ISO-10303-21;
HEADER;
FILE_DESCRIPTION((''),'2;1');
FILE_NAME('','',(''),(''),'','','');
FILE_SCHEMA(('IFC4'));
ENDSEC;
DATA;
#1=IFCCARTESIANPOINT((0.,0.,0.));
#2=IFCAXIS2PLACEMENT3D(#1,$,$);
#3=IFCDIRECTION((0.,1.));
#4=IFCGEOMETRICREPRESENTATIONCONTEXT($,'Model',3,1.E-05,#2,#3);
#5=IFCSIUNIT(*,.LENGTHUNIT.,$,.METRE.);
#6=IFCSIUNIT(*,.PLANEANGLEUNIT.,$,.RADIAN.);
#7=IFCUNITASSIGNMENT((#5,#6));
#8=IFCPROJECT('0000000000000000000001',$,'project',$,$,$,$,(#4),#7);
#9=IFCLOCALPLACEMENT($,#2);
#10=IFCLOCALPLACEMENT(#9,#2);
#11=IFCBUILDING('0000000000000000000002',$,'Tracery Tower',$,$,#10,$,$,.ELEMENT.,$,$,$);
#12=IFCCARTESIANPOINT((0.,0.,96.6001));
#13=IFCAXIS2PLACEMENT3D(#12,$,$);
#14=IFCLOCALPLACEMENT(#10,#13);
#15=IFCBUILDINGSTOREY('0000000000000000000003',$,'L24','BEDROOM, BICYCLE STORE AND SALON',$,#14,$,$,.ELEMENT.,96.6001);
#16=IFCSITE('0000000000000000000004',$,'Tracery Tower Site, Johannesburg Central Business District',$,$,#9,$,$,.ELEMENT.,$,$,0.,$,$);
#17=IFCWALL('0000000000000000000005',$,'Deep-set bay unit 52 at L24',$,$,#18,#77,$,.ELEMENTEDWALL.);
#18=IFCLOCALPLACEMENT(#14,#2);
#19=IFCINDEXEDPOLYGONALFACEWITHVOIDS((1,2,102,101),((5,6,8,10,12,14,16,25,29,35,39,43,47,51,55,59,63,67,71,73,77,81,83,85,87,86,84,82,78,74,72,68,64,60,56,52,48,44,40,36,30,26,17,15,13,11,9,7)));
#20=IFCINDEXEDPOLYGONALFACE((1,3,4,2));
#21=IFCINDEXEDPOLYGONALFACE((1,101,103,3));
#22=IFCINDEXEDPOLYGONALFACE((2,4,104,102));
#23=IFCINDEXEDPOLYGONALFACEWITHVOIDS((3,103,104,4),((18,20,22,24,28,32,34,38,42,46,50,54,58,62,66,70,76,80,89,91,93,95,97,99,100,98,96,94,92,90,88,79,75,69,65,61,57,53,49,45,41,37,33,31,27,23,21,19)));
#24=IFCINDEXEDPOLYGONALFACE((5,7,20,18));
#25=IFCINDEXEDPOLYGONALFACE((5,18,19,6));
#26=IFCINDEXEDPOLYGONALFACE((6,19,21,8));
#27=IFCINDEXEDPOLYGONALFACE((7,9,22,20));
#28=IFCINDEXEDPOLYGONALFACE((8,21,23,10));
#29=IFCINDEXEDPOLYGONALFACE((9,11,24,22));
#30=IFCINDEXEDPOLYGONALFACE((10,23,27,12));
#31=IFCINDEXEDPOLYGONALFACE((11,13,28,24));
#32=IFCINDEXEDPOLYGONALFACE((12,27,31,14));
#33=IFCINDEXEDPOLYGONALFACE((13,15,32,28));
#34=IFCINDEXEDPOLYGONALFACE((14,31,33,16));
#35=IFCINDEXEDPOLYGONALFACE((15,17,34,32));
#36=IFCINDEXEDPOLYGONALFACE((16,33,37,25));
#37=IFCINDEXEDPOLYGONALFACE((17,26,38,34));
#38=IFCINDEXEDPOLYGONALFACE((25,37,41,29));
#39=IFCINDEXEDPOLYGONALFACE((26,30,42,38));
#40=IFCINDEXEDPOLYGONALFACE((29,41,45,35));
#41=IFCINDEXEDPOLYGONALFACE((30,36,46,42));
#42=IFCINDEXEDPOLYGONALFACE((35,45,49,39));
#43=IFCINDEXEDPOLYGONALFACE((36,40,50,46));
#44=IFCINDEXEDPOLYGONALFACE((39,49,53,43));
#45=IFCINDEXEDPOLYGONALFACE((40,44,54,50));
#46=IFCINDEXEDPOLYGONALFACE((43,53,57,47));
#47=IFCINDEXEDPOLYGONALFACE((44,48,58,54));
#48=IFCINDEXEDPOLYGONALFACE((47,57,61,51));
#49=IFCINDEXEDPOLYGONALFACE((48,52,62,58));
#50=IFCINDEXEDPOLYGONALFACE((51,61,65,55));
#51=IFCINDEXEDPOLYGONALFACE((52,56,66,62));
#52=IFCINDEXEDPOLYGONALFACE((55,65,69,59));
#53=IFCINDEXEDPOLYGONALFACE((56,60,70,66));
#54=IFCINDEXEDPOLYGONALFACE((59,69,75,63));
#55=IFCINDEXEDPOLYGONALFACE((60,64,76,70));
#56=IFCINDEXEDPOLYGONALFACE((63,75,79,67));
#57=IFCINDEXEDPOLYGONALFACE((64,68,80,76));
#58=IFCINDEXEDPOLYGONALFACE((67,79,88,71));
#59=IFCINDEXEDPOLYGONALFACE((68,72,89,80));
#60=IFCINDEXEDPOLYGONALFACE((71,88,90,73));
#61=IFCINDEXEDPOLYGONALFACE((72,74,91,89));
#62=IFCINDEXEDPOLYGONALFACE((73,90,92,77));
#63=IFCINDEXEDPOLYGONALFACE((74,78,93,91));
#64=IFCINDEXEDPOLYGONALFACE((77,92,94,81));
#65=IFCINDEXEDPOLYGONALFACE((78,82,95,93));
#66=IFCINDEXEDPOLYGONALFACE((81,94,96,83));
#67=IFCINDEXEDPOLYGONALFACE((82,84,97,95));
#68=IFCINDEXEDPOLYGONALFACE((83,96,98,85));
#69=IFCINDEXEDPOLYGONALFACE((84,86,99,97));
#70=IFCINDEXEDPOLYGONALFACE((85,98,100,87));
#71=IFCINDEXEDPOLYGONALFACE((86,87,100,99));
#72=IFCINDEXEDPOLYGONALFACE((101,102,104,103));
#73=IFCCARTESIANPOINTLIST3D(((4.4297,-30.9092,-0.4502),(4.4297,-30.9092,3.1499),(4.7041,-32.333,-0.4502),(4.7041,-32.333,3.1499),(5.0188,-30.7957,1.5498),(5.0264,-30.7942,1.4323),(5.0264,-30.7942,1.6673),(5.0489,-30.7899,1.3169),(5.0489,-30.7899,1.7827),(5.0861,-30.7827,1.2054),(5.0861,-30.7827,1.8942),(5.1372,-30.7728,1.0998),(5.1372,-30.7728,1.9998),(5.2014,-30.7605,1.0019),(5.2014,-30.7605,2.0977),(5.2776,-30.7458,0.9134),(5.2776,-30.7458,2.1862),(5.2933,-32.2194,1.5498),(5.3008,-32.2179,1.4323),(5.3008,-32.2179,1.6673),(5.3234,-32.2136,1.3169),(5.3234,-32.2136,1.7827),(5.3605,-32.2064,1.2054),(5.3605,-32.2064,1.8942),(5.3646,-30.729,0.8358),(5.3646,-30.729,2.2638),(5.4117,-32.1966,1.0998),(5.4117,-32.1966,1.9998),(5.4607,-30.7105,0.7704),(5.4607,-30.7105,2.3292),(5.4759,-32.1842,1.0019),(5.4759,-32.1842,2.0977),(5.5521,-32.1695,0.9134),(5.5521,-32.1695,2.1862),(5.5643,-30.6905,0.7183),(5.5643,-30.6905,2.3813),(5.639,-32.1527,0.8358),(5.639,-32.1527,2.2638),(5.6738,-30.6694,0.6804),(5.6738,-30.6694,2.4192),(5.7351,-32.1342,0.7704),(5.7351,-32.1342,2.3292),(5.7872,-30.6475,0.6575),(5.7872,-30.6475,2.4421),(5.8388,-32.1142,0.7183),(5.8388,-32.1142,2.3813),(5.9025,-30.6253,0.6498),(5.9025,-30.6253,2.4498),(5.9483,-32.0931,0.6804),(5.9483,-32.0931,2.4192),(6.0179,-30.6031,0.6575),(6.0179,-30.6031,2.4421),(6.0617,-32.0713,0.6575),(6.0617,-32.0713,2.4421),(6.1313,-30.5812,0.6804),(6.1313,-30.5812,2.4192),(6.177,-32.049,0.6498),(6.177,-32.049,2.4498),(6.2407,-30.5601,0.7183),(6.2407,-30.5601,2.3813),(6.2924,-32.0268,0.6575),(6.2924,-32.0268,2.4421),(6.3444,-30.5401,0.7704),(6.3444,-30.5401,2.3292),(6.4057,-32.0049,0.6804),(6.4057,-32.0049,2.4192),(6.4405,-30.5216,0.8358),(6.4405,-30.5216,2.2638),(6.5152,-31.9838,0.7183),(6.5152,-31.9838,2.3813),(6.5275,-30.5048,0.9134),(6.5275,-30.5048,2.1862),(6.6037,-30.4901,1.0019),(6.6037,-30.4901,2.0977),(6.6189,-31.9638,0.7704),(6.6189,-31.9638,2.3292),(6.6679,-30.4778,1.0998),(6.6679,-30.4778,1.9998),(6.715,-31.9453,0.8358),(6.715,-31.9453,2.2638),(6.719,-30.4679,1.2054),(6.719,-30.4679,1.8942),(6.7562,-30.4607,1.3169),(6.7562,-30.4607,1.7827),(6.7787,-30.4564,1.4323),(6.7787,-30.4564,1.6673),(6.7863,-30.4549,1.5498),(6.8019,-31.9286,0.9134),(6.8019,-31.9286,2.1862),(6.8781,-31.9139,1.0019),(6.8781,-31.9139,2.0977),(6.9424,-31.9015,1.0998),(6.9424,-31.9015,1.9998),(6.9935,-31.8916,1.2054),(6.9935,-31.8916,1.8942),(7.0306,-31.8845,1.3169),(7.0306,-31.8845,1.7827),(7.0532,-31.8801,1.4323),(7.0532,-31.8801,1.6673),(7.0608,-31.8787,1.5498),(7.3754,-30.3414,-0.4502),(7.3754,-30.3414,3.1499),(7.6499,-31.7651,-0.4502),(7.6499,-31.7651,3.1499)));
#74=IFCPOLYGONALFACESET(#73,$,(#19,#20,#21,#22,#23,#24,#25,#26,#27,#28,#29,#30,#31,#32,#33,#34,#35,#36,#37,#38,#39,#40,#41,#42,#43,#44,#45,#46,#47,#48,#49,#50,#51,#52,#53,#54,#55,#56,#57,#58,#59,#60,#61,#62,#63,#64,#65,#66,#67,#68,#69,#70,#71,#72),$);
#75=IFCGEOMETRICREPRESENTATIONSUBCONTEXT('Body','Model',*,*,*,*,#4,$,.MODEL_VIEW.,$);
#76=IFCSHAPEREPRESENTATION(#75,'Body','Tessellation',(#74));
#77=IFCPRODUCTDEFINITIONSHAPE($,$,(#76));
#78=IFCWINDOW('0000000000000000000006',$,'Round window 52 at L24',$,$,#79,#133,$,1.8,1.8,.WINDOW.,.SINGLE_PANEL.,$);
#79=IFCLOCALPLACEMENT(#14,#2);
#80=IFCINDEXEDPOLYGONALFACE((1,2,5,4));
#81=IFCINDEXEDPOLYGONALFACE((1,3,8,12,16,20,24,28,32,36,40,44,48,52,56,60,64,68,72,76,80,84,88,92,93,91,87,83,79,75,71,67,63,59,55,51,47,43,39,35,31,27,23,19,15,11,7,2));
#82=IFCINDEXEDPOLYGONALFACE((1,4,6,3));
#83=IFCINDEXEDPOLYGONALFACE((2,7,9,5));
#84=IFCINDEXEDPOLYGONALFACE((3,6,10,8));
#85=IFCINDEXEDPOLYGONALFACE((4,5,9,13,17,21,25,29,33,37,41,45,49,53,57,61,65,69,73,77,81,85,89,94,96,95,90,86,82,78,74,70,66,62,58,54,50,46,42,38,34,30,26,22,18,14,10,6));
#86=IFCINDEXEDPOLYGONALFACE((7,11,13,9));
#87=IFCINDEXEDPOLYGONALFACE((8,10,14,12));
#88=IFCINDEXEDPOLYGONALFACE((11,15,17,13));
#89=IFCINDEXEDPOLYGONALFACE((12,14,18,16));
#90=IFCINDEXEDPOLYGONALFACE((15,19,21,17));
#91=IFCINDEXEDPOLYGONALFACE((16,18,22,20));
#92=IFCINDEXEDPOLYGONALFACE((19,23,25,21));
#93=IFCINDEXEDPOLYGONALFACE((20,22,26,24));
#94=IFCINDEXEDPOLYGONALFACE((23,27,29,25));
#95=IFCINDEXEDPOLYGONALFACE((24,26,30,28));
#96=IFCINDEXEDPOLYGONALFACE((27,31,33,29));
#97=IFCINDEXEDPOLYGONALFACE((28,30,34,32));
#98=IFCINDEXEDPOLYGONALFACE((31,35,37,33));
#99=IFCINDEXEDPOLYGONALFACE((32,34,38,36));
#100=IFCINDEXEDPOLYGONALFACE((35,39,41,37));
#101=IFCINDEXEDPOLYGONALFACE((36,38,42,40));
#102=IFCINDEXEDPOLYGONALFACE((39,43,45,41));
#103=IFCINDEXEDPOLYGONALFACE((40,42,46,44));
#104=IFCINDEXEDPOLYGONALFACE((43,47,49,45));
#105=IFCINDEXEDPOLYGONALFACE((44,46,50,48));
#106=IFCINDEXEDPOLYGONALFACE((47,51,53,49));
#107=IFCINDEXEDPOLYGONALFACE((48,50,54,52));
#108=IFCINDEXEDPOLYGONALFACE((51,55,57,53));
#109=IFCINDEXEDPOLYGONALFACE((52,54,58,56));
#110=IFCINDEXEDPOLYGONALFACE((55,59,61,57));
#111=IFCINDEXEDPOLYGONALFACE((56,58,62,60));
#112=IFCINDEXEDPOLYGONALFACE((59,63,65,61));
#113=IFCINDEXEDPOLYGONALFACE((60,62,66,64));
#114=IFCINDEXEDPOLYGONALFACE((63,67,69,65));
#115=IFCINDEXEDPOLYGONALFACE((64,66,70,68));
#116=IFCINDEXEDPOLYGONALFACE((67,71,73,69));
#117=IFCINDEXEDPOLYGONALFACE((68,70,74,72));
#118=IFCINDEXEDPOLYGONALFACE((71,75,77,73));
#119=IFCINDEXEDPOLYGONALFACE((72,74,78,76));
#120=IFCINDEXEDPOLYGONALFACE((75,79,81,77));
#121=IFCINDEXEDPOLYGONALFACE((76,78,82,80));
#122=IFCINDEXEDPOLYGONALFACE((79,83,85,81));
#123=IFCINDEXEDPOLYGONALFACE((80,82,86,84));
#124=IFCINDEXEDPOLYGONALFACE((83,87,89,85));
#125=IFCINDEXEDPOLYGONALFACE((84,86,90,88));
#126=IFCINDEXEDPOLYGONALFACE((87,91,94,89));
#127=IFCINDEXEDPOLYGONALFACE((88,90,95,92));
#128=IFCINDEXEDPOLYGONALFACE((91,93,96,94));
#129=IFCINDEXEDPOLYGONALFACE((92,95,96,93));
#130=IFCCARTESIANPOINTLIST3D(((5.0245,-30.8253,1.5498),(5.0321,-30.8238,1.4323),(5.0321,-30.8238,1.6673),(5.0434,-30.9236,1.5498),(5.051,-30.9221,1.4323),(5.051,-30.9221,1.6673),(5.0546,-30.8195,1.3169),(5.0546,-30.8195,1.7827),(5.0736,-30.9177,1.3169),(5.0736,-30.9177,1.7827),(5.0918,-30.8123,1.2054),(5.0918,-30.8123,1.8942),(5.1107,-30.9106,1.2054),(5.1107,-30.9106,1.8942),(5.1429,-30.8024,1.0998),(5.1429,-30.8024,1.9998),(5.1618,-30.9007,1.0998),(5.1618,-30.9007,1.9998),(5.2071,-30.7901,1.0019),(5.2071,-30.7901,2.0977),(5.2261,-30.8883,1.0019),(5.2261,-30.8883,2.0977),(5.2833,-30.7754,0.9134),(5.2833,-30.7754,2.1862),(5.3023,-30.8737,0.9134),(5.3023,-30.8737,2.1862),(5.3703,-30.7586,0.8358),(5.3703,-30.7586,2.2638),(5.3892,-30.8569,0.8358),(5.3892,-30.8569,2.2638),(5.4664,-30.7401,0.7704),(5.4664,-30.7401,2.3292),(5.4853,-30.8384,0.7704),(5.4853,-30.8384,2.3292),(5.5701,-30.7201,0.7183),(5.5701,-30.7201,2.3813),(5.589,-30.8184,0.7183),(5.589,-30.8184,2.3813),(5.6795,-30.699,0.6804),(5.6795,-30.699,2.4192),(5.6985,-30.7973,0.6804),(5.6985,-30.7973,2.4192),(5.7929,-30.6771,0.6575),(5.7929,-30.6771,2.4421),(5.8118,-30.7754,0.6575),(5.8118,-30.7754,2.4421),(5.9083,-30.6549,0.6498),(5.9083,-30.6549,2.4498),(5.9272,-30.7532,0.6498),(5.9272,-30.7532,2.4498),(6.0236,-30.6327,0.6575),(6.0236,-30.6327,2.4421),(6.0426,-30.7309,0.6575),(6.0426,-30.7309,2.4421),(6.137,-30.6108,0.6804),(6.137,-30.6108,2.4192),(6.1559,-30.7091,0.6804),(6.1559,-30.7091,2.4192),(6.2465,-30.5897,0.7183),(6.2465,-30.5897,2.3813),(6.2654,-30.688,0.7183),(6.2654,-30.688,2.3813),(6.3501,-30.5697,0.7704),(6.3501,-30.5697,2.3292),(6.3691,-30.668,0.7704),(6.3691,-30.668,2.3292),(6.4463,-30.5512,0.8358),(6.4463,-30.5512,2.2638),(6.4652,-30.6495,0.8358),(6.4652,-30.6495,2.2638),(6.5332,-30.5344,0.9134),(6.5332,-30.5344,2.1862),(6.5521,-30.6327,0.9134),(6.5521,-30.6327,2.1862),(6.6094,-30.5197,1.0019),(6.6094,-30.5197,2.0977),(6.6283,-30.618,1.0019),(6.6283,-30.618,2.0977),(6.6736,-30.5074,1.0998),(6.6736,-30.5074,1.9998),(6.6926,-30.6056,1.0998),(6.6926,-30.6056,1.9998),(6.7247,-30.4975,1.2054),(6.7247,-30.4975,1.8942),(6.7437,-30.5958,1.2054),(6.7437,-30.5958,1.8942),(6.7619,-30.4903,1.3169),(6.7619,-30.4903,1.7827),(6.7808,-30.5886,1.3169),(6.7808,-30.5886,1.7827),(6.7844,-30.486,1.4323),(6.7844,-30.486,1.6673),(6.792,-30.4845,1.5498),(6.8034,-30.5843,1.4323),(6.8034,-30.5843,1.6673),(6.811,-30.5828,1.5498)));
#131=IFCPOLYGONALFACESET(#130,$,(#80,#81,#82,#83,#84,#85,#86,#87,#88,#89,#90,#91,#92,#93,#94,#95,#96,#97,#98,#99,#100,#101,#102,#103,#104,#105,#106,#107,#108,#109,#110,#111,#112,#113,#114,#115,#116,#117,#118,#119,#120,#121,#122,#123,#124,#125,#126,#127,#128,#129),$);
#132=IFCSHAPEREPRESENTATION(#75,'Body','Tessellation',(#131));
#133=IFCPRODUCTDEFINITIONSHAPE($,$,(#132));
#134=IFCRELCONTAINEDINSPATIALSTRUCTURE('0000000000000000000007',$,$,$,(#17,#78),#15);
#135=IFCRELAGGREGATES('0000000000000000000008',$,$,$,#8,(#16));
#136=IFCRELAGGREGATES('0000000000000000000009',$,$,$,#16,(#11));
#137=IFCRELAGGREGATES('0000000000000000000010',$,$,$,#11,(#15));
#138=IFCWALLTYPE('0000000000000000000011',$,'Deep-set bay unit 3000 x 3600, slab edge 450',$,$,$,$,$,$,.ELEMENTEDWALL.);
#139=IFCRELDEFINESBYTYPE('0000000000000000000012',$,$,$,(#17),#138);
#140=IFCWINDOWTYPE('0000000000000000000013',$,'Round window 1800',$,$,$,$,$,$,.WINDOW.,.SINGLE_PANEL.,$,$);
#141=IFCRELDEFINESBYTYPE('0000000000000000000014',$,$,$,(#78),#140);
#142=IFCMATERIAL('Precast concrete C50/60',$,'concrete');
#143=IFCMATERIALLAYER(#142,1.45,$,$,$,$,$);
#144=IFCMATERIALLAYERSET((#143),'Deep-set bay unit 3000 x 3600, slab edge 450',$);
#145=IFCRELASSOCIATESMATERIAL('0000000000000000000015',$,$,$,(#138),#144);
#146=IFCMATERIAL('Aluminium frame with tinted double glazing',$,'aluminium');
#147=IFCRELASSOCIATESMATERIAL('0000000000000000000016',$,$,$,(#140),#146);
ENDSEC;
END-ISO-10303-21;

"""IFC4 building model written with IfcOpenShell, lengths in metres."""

from ifc_helpers import new_model, si_unit, direction, frame, frame_2d, origin, origin_2d, place, context, subcontext, project, spatial, rectangle, circle, extrude, material, layer, layer_set, type_object, element, fill, save


model = new_model("IFC4")

# Units and contexts
model_context = context("Model", 3, precision=1e-05, world=origin(), true_north=direction((0.0, 1.0)))
body_context = subcontext(model_context, "Body", "Model", "MODEL_VIEW")
ifc_project = project(units=[si_unit("LENGTHUNIT", "METRE"), si_unit("PLANEANGLEUNIT", "RADIAN")], contexts=[model_context])

# Site, building, storey
site_placement = place(None, origin())
site = spatial("IfcSite", under=ifc_project, at=site_placement, Name="Tracery Tower Site, Johannesburg Central Business District", CompositionType="ELEMENT", RefElevation=0.0)
building_placement = place(site_placement, origin())
building = spatial("IfcBuilding", under=site, at=building_placement, Name="Tracery Tower", CompositionType="ELEMENT")
storey_placement = place(building_placement, frame((0.0, 0.0, 96.6001)))
storey = spatial("IfcBuildingStorey", under=building, at=storey_placement, Name="L24", Description="BEDROOM, BICYCLE STORE AND SALON", CompositionType="ELEMENT", Elevation=96.6001)

# Wall, opening, window
ifc_material_1 = material(Name="Precast concrete C50/60", Category="concrete")
ifc_layer_1 = layer(ifc_material_1, 1.45)
ifc_layer_set_1 = layer_set([ifc_layer_1], Name="Deep-set bay unit 3000 x 3600, slab edge 450")
wall_type_1 = type_object("IfcWallType", Name="Deep-set bay unit 3000 x 3600, slab edge 450", PredefinedType="ELEMENTEDWALL", material=ifc_layer_set_1)
wall_1_placement = place(storey_placement, frame((4.5669, -31.6211, -0.4502), z_axis=(0.0, 0.0, 1.0), x_axis=(0.981922, 0.189288, 0.0)))
wall_1 = element("IfcWall", 1, at=wall_1_placement, inside=storey, type_object=wall_type_1, Name="Deep-set bay unit 52 at L24", PredefinedType="ELEMENTEDWALL", context=body_context, shape_type="SweptSolid", body=[
    extrude(rectangle(XDim=3.0, YDim=1.45, at=frame_2d((1.5, 0.0))), origin(), (0.0, 0.0, 1.0), 3.6001),
])
opening_1_placement = place(wall_1_placement, frame((1.5, 0.0, 2.0)))
opening_1 = element("IfcOpeningElement", 2, at=opening_1_placement, cuts=wall_1, PredefinedType="OPENING", context=body_context, shape_type="SweptSolid", body=[
    extrude(circle(Radius=0.9, at=origin_2d()), frame((0.0, 0.7349, 0.0), z_axis=(0.0, -1.0, 0.0), x_axis=(1.0, 0.0, 0.0)), (0.0, 0.0, 1.0), 1.47),
])
ifc_material_2 = material(Name="Aluminium frame with tinted double glazing", Category="aluminium")
window_type = type_object("IfcWindowType", Name="Round window 1800", PartitioningType="SINGLE_PANEL", PredefinedType="WINDOW", material=ifc_material_2)
window_1_placement = place(opening_1_placement, origin())
window_1 = element("IfcWindow", 3, at=window_1_placement, inside=storey, type_object=window_type, Name="Round window 52 at L24", OverallHeight=1.8, OverallWidth=1.8, PartitioningType="SINGLE_PANEL", PredefinedType="WINDOW", context=body_context, shape_type="SweptSolid", body=[
    extrude(circle(Radius=0.9, at=origin_2d()), frame((0.0, 0.6948, 0.0), z_axis=(0.0, -1.0, 0.0), x_axis=(1.0, 0.0, 0.0)), (0.0, 0.0, 1.0), 0.1001),
])
fill(opening_1, window_1)

save(model, "model.ifc")
